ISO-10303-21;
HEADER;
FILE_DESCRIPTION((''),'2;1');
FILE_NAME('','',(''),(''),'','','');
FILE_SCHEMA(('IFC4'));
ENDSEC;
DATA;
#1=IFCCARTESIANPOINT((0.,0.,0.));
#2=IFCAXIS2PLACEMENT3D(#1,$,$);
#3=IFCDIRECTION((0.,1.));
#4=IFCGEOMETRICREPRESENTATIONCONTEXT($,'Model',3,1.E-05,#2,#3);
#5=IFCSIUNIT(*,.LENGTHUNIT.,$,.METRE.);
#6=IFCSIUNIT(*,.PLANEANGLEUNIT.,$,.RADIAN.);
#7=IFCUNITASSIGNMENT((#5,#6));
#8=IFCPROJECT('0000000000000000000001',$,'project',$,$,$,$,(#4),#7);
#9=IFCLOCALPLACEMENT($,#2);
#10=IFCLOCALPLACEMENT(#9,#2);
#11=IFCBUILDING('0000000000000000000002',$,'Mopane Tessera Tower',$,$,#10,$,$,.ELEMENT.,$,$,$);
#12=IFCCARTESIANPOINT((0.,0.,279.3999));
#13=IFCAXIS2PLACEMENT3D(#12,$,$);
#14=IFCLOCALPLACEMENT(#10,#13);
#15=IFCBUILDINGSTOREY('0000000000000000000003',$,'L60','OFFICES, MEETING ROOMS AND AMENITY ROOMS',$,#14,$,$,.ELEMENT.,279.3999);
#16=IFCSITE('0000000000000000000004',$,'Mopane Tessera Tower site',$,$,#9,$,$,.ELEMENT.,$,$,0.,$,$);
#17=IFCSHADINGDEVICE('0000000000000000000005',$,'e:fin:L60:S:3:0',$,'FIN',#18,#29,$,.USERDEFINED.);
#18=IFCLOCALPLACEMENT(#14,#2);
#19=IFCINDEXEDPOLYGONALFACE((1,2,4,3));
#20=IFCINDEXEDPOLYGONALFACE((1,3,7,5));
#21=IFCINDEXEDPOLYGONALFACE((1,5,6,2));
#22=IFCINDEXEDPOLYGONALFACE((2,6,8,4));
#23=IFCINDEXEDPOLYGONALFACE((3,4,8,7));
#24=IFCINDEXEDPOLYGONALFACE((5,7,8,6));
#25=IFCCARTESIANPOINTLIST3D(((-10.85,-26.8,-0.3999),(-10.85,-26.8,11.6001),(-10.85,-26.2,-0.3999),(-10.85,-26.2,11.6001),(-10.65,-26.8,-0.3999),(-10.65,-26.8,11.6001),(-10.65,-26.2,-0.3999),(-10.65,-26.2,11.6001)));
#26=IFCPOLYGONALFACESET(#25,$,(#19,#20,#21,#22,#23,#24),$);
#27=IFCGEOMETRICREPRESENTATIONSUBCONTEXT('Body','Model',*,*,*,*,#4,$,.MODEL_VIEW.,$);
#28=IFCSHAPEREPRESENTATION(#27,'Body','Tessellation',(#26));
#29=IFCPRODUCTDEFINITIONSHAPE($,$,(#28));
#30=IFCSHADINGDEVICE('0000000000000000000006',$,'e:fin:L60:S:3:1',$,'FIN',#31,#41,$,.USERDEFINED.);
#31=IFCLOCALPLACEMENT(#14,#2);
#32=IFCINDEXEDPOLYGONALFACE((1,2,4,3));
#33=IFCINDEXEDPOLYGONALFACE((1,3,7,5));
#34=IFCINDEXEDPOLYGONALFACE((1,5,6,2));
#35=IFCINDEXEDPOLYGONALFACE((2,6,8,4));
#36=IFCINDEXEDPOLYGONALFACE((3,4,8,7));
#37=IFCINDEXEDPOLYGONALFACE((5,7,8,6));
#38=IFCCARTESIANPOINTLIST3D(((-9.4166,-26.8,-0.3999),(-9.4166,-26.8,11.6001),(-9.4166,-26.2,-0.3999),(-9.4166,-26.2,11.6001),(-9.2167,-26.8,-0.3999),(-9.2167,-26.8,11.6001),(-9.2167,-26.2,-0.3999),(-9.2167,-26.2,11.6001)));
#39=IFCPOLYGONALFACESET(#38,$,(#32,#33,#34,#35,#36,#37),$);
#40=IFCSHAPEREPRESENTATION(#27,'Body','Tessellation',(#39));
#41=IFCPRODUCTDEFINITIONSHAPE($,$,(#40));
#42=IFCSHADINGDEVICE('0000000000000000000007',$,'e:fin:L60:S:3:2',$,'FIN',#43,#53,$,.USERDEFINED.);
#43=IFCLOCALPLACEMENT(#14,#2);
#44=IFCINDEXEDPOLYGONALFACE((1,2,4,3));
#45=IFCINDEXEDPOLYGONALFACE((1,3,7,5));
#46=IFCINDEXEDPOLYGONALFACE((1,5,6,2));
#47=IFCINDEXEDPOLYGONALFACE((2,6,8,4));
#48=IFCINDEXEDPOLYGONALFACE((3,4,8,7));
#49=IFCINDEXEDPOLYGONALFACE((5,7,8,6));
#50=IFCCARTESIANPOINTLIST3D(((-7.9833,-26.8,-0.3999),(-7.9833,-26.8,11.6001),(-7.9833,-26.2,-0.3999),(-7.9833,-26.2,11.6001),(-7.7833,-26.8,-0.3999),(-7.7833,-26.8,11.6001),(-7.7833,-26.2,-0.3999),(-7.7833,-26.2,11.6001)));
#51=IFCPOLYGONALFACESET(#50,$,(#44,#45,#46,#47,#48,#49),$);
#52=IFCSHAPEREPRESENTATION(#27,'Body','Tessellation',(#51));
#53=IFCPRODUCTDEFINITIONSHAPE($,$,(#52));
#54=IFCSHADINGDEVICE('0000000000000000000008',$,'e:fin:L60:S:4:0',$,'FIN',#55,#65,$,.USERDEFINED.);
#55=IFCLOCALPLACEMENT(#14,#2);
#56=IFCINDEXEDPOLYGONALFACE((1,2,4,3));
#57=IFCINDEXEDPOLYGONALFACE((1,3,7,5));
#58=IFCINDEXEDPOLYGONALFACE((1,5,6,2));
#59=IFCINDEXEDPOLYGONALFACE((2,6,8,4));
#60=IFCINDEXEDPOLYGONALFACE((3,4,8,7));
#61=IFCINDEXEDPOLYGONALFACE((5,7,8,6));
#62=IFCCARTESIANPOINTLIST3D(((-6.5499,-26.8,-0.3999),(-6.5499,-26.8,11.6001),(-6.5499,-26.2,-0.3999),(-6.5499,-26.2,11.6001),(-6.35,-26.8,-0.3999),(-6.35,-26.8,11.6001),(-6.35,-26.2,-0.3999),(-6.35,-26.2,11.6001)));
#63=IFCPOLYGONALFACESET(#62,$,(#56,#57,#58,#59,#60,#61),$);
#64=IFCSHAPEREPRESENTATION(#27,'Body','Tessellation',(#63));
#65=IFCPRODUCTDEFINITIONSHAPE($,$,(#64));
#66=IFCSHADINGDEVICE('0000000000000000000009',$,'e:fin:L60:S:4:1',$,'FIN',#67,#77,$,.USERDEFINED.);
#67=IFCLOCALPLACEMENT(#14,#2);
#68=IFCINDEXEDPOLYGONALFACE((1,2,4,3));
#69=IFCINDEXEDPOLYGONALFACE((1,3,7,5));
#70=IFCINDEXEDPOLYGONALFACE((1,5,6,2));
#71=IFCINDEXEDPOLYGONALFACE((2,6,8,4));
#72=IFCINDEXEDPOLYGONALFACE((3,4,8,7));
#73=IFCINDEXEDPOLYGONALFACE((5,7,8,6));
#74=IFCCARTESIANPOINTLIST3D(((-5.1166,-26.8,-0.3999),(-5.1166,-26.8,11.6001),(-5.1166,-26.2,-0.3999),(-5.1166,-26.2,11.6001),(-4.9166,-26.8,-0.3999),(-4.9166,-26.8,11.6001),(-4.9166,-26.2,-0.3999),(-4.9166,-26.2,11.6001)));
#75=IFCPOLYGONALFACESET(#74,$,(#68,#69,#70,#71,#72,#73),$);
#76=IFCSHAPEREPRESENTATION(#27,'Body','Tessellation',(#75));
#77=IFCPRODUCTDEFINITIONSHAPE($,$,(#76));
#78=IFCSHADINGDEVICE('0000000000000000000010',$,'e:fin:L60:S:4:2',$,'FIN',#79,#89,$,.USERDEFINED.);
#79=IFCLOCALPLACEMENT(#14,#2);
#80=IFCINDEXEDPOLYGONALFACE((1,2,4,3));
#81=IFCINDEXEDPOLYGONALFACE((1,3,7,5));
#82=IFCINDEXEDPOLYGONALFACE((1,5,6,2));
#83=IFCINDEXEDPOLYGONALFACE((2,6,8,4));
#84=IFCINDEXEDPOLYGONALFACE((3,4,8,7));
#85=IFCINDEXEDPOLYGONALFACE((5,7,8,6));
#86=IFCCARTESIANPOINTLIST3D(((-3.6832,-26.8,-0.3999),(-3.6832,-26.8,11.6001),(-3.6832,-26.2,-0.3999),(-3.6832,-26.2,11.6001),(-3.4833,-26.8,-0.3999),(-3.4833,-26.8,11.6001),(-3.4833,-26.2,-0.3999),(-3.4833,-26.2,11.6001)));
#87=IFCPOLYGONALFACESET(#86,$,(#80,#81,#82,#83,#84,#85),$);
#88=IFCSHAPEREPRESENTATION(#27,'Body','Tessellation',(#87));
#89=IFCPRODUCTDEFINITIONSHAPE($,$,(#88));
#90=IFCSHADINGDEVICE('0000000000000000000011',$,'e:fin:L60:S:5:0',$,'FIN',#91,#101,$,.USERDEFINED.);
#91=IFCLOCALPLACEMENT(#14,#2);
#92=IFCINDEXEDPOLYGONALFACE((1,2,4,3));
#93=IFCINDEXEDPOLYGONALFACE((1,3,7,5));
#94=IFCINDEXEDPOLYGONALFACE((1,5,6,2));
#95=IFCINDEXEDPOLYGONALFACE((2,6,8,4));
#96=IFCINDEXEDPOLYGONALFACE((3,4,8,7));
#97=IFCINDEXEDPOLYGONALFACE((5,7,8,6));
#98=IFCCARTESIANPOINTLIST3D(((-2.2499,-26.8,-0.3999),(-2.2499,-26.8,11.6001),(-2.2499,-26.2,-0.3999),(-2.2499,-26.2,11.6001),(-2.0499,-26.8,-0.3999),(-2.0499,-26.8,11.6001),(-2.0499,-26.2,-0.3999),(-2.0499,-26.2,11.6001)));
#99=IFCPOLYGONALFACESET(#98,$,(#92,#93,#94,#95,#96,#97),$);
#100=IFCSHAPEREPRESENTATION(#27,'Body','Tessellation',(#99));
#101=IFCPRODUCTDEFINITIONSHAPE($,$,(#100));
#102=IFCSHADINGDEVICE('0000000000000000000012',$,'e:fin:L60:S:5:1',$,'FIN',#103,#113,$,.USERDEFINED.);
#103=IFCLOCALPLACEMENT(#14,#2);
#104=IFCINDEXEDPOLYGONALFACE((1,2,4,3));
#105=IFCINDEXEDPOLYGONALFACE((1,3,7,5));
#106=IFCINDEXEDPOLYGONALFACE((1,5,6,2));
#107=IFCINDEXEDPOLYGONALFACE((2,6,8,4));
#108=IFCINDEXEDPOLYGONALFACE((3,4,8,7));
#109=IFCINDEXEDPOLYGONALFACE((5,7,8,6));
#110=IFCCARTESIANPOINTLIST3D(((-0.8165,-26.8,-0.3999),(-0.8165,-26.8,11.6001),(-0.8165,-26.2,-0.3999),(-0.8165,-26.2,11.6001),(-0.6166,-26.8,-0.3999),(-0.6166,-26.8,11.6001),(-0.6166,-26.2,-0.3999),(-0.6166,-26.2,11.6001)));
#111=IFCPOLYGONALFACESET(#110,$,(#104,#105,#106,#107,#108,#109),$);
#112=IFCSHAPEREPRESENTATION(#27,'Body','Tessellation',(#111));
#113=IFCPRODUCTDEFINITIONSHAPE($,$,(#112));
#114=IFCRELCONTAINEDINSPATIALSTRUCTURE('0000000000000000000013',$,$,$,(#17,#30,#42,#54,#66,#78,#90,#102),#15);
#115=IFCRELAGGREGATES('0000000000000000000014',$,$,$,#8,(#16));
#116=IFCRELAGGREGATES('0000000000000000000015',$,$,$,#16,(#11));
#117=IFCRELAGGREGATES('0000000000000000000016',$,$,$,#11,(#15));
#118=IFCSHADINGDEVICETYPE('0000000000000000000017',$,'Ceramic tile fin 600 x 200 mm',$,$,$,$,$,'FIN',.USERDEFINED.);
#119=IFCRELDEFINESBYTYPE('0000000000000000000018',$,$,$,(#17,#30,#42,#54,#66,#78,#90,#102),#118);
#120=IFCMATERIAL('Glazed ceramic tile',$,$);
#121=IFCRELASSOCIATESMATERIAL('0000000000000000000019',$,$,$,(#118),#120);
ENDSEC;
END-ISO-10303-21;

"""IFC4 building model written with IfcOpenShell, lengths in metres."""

from ifc_helpers import new_model, si_unit, direction, frame, origin, origin_2d, place, context, subcontext, project, spatial, rectangle, extrude, material, type_object, element, save


model = new_model("IFC4")

# Units and contexts
model_context = context("Model", 3, precision=1e-05, world=origin(), true_north=direction((0.0, 1.0)))
body_context = subcontext(model_context, "Body", "Model", "MODEL_VIEW")
ifc_project = project(units=[si_unit("LENGTHUNIT", "METRE"), si_unit("PLANEANGLEUNIT", "RADIAN")], contexts=[model_context])

# Site, building, storey
site_placement = place(None, origin())
site = spatial("IfcSite", under=ifc_project, at=site_placement, Name="Mopane Tessera Tower site", CompositionType="ELEMENT", RefElevation=0.0)
building_placement = place(site_placement, origin())
building = spatial("IfcBuilding", under=site, at=building_placement, Name="Mopane Tessera Tower", CompositionType="ELEMENT")
storey_placement = place(building_placement, frame((0.0, 0.0, 279.3999)))
storey = spatial("IfcBuildingStorey", under=building, at=storey_placement, Name="L60", Description="OFFICES, MEETING ROOMS AND AMENITY ROOMS", CompositionType="ELEMENT", Elevation=279.3999)

# Shading devices
ifc_material_1 = material(Name="Glazed ceramic tile")
shading_device_type = type_object("IfcShadingDeviceType", Name="Ceramic tile fin 600 x 200 mm", ElementType="FIN", PredefinedType="USERDEFINED", material=ifc_material_1)
for number, where, z_axis, x_axis, name in (
    (1, (-10.75, -26.5, -0.3999), (0.0, 0.0, 1.0), (1.0, 0.0, 0.0), "e:fin:L60:S:3:0"),
    (2, (-9.3167, -26.5, -0.3999), (0.0, 0.0, 1.0), (1.0, 0.0, 0.0), "e:fin:L60:S:3:1"),
    (3, (-7.8833, -26.5, -0.3999), (0.0, 0.0, 1.0), (1.0, 0.0, 0.0), "e:fin:L60:S:3:2"),
    (4, (-6.45, -26.5, -0.3999), (0.0, 0.0, 1.0), (1.0, 0.0, 0.0), "e:fin:L60:S:4:0"),
    (5, (-5.0166, -26.5, -0.3999), (0.0, 0.0, 1.0), (1.0, 0.0, 0.0), "e:fin:L60:S:4:1"),
    (6, (-3.5833, -26.5, -0.3999), (0.0, 0.0, 1.0), (1.0, 0.0, 0.0), "e:fin:L60:S:4:2"),
    (7, (-2.1499, -26.5, -0.3999), (0.0, 0.0, 1.0), (1.0, 0.0, 0.0), "e:fin:L60:S:5:0"),
    (8, (-0.7166, -26.5, -0.3999), (0.0, 0.0, 1.0), (1.0, 0.0, 0.0), "e:fin:L60:S:5:1"),
):
    element("IfcShadingDevice", number, at=place(storey_placement, frame(where, z_axis=z_axis, x_axis=x_axis)), inside=storey, type_object=shading_device_type, Name=name, ObjectType="FIN", PredefinedType="USERDEFINED", context=body_context, shape_type="SweptSolid", body=[
        extrude(rectangle(XDim=0.2, YDim=0.6001, at=origin_2d()), origin(), (0.0, 0.0, 1.0), 12.0),
    ])

save(model, "model.ifc")
